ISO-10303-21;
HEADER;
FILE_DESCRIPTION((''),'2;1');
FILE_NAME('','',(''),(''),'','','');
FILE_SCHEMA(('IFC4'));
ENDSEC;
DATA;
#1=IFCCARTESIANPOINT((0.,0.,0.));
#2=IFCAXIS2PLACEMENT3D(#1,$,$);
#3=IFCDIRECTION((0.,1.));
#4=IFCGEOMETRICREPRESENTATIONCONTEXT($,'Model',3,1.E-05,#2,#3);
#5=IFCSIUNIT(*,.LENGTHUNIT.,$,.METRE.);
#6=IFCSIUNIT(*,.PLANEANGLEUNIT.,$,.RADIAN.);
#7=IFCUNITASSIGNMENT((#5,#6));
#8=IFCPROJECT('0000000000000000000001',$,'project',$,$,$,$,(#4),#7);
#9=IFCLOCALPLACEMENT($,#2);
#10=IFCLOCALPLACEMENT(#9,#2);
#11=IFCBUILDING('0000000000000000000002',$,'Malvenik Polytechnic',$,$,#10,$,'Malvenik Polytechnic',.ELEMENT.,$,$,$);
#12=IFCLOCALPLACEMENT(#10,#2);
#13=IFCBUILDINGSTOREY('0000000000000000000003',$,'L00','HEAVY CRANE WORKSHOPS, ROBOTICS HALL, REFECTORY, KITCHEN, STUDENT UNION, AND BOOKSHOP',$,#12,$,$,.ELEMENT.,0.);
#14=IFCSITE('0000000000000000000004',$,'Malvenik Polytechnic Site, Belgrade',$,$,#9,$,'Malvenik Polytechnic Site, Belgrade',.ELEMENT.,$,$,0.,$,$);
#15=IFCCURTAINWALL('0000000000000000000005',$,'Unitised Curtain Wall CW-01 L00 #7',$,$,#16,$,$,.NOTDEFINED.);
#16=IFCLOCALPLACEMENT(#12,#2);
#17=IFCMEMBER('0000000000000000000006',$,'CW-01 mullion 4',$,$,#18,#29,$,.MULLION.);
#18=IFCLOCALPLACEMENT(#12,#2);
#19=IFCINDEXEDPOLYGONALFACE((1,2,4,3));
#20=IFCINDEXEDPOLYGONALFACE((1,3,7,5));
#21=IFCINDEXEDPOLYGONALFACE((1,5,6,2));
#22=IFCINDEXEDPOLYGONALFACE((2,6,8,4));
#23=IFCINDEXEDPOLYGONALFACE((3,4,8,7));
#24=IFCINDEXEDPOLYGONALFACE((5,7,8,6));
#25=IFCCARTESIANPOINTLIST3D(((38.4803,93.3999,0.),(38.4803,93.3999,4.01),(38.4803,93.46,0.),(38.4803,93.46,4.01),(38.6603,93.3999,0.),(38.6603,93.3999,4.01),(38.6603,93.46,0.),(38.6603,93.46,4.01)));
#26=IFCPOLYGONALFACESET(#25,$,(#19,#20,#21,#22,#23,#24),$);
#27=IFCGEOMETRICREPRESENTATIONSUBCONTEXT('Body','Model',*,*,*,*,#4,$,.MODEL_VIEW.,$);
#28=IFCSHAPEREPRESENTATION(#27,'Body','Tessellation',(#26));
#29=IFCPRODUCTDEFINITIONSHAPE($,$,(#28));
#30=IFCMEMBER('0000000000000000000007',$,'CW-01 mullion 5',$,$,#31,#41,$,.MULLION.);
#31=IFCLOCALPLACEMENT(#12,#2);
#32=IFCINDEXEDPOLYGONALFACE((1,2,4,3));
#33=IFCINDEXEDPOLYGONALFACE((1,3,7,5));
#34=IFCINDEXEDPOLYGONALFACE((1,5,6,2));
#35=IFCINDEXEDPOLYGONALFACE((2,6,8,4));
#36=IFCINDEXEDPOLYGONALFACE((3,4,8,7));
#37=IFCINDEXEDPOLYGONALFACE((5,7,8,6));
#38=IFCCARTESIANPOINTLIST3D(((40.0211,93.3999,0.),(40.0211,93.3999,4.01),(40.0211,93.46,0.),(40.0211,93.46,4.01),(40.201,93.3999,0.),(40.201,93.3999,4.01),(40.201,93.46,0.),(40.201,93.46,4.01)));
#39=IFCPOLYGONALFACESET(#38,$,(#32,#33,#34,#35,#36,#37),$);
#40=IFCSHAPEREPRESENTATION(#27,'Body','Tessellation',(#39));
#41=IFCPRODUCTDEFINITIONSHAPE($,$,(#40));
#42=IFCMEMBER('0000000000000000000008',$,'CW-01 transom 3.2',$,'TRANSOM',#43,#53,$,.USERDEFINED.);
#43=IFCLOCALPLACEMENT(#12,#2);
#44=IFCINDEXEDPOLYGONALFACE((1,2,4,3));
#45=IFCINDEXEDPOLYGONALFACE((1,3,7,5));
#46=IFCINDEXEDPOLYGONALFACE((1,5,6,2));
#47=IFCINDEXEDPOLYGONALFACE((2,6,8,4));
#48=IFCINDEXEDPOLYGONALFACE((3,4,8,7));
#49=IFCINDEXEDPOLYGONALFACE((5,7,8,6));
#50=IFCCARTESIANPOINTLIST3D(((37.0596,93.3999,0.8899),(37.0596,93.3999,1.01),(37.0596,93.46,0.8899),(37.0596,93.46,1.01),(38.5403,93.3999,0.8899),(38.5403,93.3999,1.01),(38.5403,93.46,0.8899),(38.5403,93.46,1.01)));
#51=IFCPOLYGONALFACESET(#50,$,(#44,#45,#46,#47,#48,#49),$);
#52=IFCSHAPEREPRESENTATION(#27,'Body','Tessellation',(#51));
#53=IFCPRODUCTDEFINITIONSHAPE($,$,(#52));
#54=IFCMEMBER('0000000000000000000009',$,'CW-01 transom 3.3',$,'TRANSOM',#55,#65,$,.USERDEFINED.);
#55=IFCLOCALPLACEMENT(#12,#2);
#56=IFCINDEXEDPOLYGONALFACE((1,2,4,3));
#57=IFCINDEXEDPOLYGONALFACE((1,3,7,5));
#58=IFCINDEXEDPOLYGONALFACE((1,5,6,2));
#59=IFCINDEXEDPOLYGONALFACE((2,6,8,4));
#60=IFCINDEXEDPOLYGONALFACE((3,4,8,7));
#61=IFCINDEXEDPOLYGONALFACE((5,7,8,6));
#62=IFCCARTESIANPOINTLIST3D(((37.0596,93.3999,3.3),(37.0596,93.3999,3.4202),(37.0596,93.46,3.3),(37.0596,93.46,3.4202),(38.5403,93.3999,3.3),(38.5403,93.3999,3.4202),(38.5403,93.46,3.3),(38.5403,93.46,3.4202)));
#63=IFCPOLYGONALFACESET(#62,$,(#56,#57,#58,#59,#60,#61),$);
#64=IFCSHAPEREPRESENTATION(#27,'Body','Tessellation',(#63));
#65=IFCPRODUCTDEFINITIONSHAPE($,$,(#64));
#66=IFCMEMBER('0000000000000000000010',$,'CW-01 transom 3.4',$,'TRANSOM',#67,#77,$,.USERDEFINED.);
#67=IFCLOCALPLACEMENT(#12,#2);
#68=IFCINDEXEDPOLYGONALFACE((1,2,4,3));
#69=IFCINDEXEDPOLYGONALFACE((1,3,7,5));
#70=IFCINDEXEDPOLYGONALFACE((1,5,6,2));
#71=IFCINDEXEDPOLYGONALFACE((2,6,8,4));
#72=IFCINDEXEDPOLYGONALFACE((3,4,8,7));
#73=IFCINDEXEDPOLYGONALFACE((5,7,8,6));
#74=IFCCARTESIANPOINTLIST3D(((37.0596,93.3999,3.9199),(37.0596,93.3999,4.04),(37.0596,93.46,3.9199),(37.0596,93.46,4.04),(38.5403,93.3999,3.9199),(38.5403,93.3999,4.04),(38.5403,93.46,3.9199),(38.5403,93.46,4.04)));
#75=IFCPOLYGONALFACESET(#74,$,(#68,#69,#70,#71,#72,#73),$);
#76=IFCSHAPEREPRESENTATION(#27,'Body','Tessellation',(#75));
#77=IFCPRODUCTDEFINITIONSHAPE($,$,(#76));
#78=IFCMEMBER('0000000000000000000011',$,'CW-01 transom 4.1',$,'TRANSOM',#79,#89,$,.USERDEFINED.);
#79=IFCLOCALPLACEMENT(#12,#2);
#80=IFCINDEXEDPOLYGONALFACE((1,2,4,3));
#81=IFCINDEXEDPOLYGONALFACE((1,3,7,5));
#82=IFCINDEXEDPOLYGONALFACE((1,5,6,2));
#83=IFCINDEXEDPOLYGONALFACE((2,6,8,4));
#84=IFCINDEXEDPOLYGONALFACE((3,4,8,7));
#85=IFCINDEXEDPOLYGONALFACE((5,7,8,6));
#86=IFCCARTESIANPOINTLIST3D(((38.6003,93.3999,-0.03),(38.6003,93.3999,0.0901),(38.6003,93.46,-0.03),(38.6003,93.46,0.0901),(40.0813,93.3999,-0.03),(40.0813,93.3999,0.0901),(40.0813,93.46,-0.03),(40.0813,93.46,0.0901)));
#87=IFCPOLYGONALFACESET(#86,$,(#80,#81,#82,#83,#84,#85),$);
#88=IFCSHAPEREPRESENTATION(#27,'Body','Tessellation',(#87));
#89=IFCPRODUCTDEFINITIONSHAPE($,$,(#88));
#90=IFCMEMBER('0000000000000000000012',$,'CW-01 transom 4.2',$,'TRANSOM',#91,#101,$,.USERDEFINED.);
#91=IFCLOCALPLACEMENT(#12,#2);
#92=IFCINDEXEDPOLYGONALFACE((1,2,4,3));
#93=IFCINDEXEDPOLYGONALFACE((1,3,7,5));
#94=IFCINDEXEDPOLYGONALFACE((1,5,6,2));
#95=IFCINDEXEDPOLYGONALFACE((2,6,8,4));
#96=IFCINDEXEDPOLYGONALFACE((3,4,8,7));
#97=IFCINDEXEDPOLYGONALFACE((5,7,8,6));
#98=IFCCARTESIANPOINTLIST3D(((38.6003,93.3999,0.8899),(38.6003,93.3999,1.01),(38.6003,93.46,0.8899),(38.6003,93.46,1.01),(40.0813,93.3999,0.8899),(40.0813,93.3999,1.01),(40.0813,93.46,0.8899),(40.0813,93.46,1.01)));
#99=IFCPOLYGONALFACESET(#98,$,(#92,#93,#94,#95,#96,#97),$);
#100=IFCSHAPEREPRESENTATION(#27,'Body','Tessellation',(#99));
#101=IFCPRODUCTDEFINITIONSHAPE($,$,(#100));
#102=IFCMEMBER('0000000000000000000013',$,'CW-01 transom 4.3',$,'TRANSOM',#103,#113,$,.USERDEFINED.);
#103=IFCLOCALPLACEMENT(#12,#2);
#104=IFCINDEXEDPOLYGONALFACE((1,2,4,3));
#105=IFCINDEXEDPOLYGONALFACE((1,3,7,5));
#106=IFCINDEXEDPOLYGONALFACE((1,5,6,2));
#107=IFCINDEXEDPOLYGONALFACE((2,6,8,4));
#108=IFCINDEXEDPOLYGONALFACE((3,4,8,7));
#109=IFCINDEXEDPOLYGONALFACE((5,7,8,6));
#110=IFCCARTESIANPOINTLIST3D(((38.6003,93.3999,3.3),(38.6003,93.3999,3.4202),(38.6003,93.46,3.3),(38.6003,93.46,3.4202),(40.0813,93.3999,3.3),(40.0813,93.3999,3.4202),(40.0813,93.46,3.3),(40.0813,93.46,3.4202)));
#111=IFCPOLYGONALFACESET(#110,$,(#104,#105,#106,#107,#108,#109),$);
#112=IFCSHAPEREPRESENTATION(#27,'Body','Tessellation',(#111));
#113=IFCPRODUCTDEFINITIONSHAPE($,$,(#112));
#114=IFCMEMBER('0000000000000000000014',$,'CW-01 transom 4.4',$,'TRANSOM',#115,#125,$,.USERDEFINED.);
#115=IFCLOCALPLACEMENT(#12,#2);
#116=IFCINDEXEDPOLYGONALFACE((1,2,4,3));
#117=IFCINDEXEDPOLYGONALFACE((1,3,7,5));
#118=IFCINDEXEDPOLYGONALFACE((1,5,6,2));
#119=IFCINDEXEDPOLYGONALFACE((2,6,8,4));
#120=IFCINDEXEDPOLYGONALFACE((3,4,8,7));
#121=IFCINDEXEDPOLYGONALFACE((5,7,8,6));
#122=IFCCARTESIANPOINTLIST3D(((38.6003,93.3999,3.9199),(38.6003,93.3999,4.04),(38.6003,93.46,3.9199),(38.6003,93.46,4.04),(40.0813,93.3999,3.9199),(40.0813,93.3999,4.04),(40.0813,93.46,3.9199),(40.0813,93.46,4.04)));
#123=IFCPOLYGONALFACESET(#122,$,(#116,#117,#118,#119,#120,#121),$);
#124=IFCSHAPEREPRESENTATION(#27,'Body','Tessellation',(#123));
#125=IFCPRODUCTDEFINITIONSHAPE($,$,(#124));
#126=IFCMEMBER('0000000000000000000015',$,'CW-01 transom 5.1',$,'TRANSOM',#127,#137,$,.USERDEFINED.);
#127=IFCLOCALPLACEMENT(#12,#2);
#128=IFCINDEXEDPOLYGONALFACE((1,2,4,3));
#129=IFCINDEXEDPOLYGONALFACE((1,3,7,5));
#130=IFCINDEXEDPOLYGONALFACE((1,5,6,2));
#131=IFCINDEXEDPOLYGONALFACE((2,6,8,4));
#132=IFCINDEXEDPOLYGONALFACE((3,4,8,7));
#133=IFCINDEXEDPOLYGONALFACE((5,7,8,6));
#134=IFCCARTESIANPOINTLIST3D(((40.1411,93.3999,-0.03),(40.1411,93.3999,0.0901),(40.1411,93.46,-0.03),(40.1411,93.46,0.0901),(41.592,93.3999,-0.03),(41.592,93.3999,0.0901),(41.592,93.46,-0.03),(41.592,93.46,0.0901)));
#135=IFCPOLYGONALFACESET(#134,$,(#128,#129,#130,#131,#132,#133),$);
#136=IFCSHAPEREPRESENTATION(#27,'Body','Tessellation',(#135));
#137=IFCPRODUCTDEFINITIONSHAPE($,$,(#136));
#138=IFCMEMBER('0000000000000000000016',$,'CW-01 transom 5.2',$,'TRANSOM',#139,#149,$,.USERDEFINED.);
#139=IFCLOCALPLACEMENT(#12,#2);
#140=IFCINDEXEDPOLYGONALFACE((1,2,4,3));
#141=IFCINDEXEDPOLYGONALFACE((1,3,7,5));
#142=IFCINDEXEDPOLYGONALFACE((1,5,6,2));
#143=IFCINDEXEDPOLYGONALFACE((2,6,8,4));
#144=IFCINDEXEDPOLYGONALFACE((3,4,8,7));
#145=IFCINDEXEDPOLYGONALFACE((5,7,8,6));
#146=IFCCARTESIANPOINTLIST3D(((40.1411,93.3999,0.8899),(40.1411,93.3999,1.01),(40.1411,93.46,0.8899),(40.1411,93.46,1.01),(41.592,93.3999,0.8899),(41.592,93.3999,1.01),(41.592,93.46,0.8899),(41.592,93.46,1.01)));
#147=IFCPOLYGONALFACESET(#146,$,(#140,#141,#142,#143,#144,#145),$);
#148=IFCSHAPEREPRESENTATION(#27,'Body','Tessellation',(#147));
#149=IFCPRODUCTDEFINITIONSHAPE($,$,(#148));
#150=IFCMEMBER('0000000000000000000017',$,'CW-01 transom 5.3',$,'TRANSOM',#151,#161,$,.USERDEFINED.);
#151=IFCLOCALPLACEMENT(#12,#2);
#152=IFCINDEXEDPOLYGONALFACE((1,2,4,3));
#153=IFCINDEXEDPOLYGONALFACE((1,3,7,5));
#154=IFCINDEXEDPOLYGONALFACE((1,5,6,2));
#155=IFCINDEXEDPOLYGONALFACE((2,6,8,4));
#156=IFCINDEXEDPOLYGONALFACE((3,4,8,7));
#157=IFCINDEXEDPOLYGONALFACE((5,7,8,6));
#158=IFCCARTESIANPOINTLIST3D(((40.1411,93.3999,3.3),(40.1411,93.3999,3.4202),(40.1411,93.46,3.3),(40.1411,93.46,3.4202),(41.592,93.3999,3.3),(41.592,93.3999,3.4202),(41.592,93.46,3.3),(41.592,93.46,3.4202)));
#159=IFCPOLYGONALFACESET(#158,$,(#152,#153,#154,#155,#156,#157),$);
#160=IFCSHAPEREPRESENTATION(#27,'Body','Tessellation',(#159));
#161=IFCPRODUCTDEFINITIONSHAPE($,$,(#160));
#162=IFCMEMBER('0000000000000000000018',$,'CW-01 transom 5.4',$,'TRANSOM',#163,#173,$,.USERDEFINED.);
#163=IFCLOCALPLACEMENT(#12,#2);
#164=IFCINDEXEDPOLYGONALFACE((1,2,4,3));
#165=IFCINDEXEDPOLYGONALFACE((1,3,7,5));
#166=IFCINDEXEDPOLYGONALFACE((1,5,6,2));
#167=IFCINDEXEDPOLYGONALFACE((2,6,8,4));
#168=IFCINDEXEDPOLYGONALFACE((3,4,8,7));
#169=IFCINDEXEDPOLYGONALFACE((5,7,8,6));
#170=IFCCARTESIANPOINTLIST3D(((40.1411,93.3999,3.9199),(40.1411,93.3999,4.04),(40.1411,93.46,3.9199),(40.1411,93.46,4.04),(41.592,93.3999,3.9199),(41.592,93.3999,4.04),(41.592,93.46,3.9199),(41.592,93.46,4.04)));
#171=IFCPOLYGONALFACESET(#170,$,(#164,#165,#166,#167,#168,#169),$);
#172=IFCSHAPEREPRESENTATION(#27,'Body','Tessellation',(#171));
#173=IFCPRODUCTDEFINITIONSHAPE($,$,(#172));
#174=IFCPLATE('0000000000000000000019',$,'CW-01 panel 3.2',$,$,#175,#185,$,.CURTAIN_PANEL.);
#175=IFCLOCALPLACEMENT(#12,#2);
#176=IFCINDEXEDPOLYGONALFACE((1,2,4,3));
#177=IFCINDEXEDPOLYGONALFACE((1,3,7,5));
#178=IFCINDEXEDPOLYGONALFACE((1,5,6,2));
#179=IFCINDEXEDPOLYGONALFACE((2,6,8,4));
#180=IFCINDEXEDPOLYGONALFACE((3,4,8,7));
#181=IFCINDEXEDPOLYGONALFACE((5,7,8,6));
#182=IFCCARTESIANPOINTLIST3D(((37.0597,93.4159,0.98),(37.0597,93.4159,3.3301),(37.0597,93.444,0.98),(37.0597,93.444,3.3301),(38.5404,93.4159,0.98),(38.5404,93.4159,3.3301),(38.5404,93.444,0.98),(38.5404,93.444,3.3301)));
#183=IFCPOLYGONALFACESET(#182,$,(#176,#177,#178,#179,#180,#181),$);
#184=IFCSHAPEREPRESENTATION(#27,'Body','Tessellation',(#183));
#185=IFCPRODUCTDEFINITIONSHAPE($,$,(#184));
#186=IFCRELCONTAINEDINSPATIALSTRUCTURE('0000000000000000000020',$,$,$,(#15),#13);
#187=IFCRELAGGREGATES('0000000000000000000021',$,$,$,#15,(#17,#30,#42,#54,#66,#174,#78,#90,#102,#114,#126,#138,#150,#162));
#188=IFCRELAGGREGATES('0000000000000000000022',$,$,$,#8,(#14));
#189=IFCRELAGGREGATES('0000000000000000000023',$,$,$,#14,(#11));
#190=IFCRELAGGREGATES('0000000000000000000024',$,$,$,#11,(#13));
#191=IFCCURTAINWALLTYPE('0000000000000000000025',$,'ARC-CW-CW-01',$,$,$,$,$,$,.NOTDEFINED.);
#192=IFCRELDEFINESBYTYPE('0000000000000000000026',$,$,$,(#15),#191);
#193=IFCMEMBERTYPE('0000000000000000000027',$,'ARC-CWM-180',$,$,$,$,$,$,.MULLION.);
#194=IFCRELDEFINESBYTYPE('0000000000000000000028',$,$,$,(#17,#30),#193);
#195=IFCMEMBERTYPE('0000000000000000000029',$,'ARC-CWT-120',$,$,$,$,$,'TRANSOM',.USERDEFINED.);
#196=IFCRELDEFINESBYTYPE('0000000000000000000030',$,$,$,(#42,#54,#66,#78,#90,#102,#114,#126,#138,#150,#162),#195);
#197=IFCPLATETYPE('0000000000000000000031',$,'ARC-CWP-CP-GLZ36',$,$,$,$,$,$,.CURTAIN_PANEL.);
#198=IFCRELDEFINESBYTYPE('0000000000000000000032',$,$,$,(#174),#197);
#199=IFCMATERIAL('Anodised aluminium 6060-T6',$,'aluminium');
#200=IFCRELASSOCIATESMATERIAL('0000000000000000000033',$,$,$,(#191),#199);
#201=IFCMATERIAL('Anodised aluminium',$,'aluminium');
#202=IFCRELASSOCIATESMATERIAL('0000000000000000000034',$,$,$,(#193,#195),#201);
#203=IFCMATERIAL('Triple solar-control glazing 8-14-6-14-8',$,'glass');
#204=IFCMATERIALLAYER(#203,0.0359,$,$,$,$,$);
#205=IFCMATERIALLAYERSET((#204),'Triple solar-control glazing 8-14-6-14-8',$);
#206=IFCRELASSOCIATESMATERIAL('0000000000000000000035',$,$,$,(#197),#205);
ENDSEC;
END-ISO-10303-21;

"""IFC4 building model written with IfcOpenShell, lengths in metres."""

from ifc_helpers import new_model, si_unit, direction, frame, origin, origin_2d, place, context, subcontext, project, spatial, rectangle, extrude, material, layer, layer_set, material_profile, profile_set, type_object, element, aggregate, save


model = new_model("IFC4")

# Units and contexts
model_context = context("Model", 3, precision=1e-05, world=origin(), true_north=direction((0.0, 1.0)))
body_context = subcontext(model_context, "Body", "Model", "MODEL_VIEW")
ifc_project = project(units=[si_unit("LENGTHUNIT", "METRE"), si_unit("PLANEANGLEUNIT", "RADIAN")], contexts=[model_context])

# Site, building, storey
site_placement = place(None, origin())
site = spatial("IfcSite", under=ifc_project, at=site_placement, Name="Malvenik Polytechnic Site, Belgrade", LongName="Malvenik Polytechnic Site, Belgrade", CompositionType="ELEMENT", RefElevation=0.0)
building_placement = place(site_placement, origin())
building = spatial("IfcBuilding", under=site, at=building_placement, Name="Malvenik Polytechnic", LongName="Malvenik Polytechnic", CompositionType="ELEMENT")
storey_placement = place(building_placement, origin())
storey = spatial("IfcBuildingStorey", under=building, at=storey_placement, Name="L00", Description="HEAVY CRANE WORKSHOPS, ROBOTICS HALL, REFECTORY, KITCHEN, STUDENT UNION, AND BOOKSHOP", CompositionType="ELEMENT", Elevation=0.0)

# Curtain wall, members, plate
ifc_material_1 = material(Name="Anodised aluminium 6060-T6", Category="aluminium")
curtain_wall_type = type_object("IfcCurtainWallType", Name="ARC-CW-CW-01", PredefinedType="NOTDEFINED", material=ifc_material_1)
curtain_wall_placement = place(storey_placement, origin())
curtain_wall = element("IfcCurtainWall", 1, at=curtain_wall_placement, inside=storey, type_object=curtain_wall_type, Name="Unitised Curtain Wall CW-01 L00 #7", PredefinedType="NOTDEFINED")
ifc_material_2 = material(Name="Anodised aluminium", Category="aluminium")
ifc_material_profile_1 = material_profile(ifc_material_2, rectangle(XDim=0.0601, YDim=0.1799, at=origin_2d()), Name="ALU MULLION 60x180")
ifc_profile_set_1 = profile_set([ifc_material_profile_1], Name="Anodised aluminium")
member_type_1 = type_object("IfcMemberType", Name="ARC-CWM-180", PredefinedType="MULLION", material=ifc_profile_set_1)
member_1_placement = place(storey_placement, frame((38.5703, 93.4299, 0.0), z_axis=(0.0, 0.0, 1.0), x_axis=(0.0, 1.0, 0.0)))
member_1 = element("IfcMember", 2, at=member_1_placement, type_object=member_type_1, Name="CW-01 mullion 4", PredefinedType="MULLION", context=body_context, shape_type="SweptSolid", body=[
    extrude(rectangle(XDim=0.0601, YDim=0.1799, at=origin_2d()), origin(), (0.0, 0.0, 1.0), 4.01),
])
member_2_placement = place(storey_placement, frame((40.1111, 93.4299, 0.0), z_axis=(0.0, 0.0, 1.0), x_axis=(0.0, 1.0, 0.0)))
member_2 = element("IfcMember", 3, at=member_2_placement, type_object=member_type_1, Name="CW-01 mullion 5", PredefinedType="MULLION", context=body_context, shape_type="SweptSolid", body=[
    extrude(rectangle(XDim=0.0601, YDim=0.1799, at=origin_2d()), origin(), (0.0, 0.0, 1.0), 4.01),
])
ifc_material_profile_2 = material_profile(ifc_material_2, rectangle(XDim=0.0601, YDim=0.1201, at=origin_2d()), Name="ALU TRANSOM 60x120")
ifc_profile_set_2 = profile_set([ifc_material_profile_2], Name="Anodised aluminium")
member_type_2 = type_object("IfcMemberType", Name="ARC-CWT-120", ElementType="TRANSOM", PredefinedType="USERDEFINED", material=ifc_profile_set_2)
member_3_placement = place(storey_placement, frame((37.0596, 93.4299, 0.95), z_axis=(1.0, 0.0, 0.0), x_axis=(0.0, 1.0, 0.0)))
member_3 = element("IfcMember", 4, at=member_3_placement, type_object=member_type_2, Name="CW-01 transom 3.2", ObjectType="TRANSOM", PredefinedType="USERDEFINED", context=body_context, shape_type="SweptSolid", body=[
    extrude(rectangle(XDim=0.0601, YDim=0.1201, at=origin_2d()), origin(), (0.0, 0.0, 1.0), 1.4807),
])
member_4_placement = place(storey_placement, frame((37.0596, 93.4299, 3.3601), z_axis=(1.0, 0.0, 0.0), x_axis=(0.0, 1.0, 0.0)))
member_4 = element("IfcMember", 5, at=member_4_placement, type_object=member_type_2, Name="CW-01 transom 3.3", ObjectType="TRANSOM", PredefinedType="USERDEFINED", context=body_context, shape_type="SweptSolid", body=[
    extrude(rectangle(XDim=0.0601, YDim=0.1201, at=origin_2d()), origin(), (0.0, 0.0, 1.0), 1.4807),
])
member_5_placement = place(storey_placement, frame((37.0596, 93.4299, 3.98), z_axis=(1.0, 0.0, 0.0), x_axis=(0.0, 1.0, 0.0)))
member_5 = element("IfcMember", 6, at=member_5_placement, type_object=member_type_2, Name="CW-01 transom 3.4", ObjectType="TRANSOM", PredefinedType="USERDEFINED", context=body_context, shape_type="SweptSolid", body=[
    extrude(rectangle(XDim=0.0601, YDim=0.1201, at=origin_2d()), origin(), (0.0, 0.0, 1.0), 1.4807),
])
member_6_placement = place(storey_placement, frame((38.6003, 93.4299, 0.03), z_axis=(1.0, 0.0, 0.0), x_axis=(0.0, 1.0, 0.0)))
member_6 = element("IfcMember", 7, at=member_6_placement, type_object=member_type_2, Name="CW-01 transom 4.1", ObjectType="TRANSOM", PredefinedType="USERDEFINED", context=body_context, shape_type="SweptSolid", body=[
    extrude(rectangle(XDim=0.0601, YDim=0.1201, at=origin_2d()), origin(), (0.0, 0.0, 1.0), 1.481),
])
member_7_placement = place(storey_placement, frame((38.6003, 93.4299, 0.95), z_axis=(1.0, 0.0, 0.0), x_axis=(0.0, 1.0, 0.0)))
member_7 = element("IfcMember", 8, at=member_7_placement, type_object=member_type_2, Name="CW-01 transom 4.2", ObjectType="TRANSOM", PredefinedType="USERDEFINED", context=body_context, shape_type="SweptSolid", body=[
    extrude(rectangle(XDim=0.0601, YDim=0.1201, at=origin_2d()), origin(), (0.0, 0.0, 1.0), 1.481),
])
member_8_placement = place(storey_placement, frame((38.6003, 93.4299, 3.3601), z_axis=(1.0, 0.0, 0.0), x_axis=(0.0, 1.0, 0.0)))
member_8 = element("IfcMember", 9, at=member_8_placement, type_object=member_type_2, Name="CW-01 transom 4.3", ObjectType="TRANSOM", PredefinedType="USERDEFINED", context=body_context, shape_type="SweptSolid", body=[
    extrude(rectangle(XDim=0.0601, YDim=0.1201, at=origin_2d()), origin(), (0.0, 0.0, 1.0), 1.481),
])
member_9_placement = place(storey_placement, frame((38.6003, 93.4299, 3.98), z_axis=(1.0, 0.0, 0.0), x_axis=(0.0, 1.0, 0.0)))
member_9 = element("IfcMember", 10, at=member_9_placement, type_object=member_type_2, Name="CW-01 transom 4.4", ObjectType="TRANSOM", PredefinedType="USERDEFINED", context=body_context, shape_type="SweptSolid", body=[
    extrude(rectangle(XDim=0.0601, YDim=0.1201, at=origin_2d()), origin(), (0.0, 0.0, 1.0), 1.481),
])
member_10_placement = place(storey_placement, frame((40.1411, 93.4299, 0.03), z_axis=(1.0, 0.0, 0.0), x_axis=(0.0, 1.0, 0.0)))
member_10 = element("IfcMember", 11, at=member_10_placement, type_object=member_type_2, Name="CW-01 transom 5.1", ObjectType="TRANSOM", PredefinedType="USERDEFINED", context=body_context, shape_type="SweptSolid", body=[
    extrude(rectangle(XDim=0.0601, YDim=0.1201, at=origin_2d()), origin(), (0.0, 0.0, 1.0), 1.4509),
])
member_11_placement = place(storey_placement, frame((40.1411, 93.4299, 0.95), z_axis=(1.0, 0.0, 0.0), x_axis=(0.0, 1.0, 0.0)))
member_11 = element("IfcMember", 12, at=member_11_placement, type_object=member_type_2, Name="CW-01 transom 5.2", ObjectType="TRANSOM", PredefinedType="USERDEFINED", context=body_context, shape_type="SweptSolid", body=[
    extrude(rectangle(XDim=0.0601, YDim=0.1201, at=origin_2d()), origin(), (0.0, 0.0, 1.0), 1.4509),
])
member_12_placement = place(storey_placement, frame((40.1411, 93.4299, 3.3601), z_axis=(1.0, 0.0, 0.0), x_axis=(0.0, 1.0, 0.0)))
member_12 = element("IfcMember", 13, at=member_12_placement, type_object=member_type_2, Name="CW-01 transom 5.3", ObjectType="TRANSOM", PredefinedType="USERDEFINED", context=body_context, shape_type="SweptSolid", body=[
    extrude(rectangle(XDim=0.0601, YDim=0.1201, at=origin_2d()), origin(), (0.0, 0.0, 1.0), 1.4509),
])
member_13_placement = place(storey_placement, frame((40.1411, 93.4299, 3.98), z_axis=(1.0, 0.0, 0.0), x_axis=(0.0, 1.0, 0.0)))
member_13 = element("IfcMember", 14, at=member_13_placement, type_object=member_type_2, Name="CW-01 transom 5.4", ObjectType="TRANSOM", PredefinedType="USERDEFINED", context=body_context, shape_type="SweptSolid", body=[
    extrude(rectangle(XDim=0.0601, YDim=0.1201, at=origin_2d()), origin(), (0.0, 0.0, 1.0), 1.4509),
])
ifc_material_3 = material(Name="Triple solar-control glazing 8-14-6-14-8", Category="glass")
ifc_layer_1 = layer(ifc_material_3, 0.0359)
ifc_layer_set_1 = layer_set([ifc_layer_1], Name="Triple solar-control glazing 8-14-6-14-8")
plate_type_1 = type_object("IfcPlateType", Name="ARC-CWP-CP-GLZ36", PredefinedType="CURTAIN_PANEL", material=ifc_layer_set_1)
plate_1_placement = place(storey_placement, frame((37.8, 93.4299, 0.98), z_axis=(0.0, 0.0, 1.0), x_axis=(1.0, 0.0, 0.0)))
plate_1 = element("IfcPlate", 15, at=plate_1_placement, type_object=plate_type_1, Name="CW-01 panel 3.2", PredefinedType="CURTAIN_PANEL", context=body_context, shape_type="SweptSolid", body=[
    extrude(rectangle(XDim=1.4807, YDim=0.0281, at=origin_2d()), origin(), (0.0, 0.0, 1.0), 2.3501),
])
aggregate(curtain_wall, [member_1, member_2, member_3, member_4, member_5, plate_1, member_6, member_7, member_8, member_9, member_10, member_11, member_12, member_13])

save(model, "model.ifc")
